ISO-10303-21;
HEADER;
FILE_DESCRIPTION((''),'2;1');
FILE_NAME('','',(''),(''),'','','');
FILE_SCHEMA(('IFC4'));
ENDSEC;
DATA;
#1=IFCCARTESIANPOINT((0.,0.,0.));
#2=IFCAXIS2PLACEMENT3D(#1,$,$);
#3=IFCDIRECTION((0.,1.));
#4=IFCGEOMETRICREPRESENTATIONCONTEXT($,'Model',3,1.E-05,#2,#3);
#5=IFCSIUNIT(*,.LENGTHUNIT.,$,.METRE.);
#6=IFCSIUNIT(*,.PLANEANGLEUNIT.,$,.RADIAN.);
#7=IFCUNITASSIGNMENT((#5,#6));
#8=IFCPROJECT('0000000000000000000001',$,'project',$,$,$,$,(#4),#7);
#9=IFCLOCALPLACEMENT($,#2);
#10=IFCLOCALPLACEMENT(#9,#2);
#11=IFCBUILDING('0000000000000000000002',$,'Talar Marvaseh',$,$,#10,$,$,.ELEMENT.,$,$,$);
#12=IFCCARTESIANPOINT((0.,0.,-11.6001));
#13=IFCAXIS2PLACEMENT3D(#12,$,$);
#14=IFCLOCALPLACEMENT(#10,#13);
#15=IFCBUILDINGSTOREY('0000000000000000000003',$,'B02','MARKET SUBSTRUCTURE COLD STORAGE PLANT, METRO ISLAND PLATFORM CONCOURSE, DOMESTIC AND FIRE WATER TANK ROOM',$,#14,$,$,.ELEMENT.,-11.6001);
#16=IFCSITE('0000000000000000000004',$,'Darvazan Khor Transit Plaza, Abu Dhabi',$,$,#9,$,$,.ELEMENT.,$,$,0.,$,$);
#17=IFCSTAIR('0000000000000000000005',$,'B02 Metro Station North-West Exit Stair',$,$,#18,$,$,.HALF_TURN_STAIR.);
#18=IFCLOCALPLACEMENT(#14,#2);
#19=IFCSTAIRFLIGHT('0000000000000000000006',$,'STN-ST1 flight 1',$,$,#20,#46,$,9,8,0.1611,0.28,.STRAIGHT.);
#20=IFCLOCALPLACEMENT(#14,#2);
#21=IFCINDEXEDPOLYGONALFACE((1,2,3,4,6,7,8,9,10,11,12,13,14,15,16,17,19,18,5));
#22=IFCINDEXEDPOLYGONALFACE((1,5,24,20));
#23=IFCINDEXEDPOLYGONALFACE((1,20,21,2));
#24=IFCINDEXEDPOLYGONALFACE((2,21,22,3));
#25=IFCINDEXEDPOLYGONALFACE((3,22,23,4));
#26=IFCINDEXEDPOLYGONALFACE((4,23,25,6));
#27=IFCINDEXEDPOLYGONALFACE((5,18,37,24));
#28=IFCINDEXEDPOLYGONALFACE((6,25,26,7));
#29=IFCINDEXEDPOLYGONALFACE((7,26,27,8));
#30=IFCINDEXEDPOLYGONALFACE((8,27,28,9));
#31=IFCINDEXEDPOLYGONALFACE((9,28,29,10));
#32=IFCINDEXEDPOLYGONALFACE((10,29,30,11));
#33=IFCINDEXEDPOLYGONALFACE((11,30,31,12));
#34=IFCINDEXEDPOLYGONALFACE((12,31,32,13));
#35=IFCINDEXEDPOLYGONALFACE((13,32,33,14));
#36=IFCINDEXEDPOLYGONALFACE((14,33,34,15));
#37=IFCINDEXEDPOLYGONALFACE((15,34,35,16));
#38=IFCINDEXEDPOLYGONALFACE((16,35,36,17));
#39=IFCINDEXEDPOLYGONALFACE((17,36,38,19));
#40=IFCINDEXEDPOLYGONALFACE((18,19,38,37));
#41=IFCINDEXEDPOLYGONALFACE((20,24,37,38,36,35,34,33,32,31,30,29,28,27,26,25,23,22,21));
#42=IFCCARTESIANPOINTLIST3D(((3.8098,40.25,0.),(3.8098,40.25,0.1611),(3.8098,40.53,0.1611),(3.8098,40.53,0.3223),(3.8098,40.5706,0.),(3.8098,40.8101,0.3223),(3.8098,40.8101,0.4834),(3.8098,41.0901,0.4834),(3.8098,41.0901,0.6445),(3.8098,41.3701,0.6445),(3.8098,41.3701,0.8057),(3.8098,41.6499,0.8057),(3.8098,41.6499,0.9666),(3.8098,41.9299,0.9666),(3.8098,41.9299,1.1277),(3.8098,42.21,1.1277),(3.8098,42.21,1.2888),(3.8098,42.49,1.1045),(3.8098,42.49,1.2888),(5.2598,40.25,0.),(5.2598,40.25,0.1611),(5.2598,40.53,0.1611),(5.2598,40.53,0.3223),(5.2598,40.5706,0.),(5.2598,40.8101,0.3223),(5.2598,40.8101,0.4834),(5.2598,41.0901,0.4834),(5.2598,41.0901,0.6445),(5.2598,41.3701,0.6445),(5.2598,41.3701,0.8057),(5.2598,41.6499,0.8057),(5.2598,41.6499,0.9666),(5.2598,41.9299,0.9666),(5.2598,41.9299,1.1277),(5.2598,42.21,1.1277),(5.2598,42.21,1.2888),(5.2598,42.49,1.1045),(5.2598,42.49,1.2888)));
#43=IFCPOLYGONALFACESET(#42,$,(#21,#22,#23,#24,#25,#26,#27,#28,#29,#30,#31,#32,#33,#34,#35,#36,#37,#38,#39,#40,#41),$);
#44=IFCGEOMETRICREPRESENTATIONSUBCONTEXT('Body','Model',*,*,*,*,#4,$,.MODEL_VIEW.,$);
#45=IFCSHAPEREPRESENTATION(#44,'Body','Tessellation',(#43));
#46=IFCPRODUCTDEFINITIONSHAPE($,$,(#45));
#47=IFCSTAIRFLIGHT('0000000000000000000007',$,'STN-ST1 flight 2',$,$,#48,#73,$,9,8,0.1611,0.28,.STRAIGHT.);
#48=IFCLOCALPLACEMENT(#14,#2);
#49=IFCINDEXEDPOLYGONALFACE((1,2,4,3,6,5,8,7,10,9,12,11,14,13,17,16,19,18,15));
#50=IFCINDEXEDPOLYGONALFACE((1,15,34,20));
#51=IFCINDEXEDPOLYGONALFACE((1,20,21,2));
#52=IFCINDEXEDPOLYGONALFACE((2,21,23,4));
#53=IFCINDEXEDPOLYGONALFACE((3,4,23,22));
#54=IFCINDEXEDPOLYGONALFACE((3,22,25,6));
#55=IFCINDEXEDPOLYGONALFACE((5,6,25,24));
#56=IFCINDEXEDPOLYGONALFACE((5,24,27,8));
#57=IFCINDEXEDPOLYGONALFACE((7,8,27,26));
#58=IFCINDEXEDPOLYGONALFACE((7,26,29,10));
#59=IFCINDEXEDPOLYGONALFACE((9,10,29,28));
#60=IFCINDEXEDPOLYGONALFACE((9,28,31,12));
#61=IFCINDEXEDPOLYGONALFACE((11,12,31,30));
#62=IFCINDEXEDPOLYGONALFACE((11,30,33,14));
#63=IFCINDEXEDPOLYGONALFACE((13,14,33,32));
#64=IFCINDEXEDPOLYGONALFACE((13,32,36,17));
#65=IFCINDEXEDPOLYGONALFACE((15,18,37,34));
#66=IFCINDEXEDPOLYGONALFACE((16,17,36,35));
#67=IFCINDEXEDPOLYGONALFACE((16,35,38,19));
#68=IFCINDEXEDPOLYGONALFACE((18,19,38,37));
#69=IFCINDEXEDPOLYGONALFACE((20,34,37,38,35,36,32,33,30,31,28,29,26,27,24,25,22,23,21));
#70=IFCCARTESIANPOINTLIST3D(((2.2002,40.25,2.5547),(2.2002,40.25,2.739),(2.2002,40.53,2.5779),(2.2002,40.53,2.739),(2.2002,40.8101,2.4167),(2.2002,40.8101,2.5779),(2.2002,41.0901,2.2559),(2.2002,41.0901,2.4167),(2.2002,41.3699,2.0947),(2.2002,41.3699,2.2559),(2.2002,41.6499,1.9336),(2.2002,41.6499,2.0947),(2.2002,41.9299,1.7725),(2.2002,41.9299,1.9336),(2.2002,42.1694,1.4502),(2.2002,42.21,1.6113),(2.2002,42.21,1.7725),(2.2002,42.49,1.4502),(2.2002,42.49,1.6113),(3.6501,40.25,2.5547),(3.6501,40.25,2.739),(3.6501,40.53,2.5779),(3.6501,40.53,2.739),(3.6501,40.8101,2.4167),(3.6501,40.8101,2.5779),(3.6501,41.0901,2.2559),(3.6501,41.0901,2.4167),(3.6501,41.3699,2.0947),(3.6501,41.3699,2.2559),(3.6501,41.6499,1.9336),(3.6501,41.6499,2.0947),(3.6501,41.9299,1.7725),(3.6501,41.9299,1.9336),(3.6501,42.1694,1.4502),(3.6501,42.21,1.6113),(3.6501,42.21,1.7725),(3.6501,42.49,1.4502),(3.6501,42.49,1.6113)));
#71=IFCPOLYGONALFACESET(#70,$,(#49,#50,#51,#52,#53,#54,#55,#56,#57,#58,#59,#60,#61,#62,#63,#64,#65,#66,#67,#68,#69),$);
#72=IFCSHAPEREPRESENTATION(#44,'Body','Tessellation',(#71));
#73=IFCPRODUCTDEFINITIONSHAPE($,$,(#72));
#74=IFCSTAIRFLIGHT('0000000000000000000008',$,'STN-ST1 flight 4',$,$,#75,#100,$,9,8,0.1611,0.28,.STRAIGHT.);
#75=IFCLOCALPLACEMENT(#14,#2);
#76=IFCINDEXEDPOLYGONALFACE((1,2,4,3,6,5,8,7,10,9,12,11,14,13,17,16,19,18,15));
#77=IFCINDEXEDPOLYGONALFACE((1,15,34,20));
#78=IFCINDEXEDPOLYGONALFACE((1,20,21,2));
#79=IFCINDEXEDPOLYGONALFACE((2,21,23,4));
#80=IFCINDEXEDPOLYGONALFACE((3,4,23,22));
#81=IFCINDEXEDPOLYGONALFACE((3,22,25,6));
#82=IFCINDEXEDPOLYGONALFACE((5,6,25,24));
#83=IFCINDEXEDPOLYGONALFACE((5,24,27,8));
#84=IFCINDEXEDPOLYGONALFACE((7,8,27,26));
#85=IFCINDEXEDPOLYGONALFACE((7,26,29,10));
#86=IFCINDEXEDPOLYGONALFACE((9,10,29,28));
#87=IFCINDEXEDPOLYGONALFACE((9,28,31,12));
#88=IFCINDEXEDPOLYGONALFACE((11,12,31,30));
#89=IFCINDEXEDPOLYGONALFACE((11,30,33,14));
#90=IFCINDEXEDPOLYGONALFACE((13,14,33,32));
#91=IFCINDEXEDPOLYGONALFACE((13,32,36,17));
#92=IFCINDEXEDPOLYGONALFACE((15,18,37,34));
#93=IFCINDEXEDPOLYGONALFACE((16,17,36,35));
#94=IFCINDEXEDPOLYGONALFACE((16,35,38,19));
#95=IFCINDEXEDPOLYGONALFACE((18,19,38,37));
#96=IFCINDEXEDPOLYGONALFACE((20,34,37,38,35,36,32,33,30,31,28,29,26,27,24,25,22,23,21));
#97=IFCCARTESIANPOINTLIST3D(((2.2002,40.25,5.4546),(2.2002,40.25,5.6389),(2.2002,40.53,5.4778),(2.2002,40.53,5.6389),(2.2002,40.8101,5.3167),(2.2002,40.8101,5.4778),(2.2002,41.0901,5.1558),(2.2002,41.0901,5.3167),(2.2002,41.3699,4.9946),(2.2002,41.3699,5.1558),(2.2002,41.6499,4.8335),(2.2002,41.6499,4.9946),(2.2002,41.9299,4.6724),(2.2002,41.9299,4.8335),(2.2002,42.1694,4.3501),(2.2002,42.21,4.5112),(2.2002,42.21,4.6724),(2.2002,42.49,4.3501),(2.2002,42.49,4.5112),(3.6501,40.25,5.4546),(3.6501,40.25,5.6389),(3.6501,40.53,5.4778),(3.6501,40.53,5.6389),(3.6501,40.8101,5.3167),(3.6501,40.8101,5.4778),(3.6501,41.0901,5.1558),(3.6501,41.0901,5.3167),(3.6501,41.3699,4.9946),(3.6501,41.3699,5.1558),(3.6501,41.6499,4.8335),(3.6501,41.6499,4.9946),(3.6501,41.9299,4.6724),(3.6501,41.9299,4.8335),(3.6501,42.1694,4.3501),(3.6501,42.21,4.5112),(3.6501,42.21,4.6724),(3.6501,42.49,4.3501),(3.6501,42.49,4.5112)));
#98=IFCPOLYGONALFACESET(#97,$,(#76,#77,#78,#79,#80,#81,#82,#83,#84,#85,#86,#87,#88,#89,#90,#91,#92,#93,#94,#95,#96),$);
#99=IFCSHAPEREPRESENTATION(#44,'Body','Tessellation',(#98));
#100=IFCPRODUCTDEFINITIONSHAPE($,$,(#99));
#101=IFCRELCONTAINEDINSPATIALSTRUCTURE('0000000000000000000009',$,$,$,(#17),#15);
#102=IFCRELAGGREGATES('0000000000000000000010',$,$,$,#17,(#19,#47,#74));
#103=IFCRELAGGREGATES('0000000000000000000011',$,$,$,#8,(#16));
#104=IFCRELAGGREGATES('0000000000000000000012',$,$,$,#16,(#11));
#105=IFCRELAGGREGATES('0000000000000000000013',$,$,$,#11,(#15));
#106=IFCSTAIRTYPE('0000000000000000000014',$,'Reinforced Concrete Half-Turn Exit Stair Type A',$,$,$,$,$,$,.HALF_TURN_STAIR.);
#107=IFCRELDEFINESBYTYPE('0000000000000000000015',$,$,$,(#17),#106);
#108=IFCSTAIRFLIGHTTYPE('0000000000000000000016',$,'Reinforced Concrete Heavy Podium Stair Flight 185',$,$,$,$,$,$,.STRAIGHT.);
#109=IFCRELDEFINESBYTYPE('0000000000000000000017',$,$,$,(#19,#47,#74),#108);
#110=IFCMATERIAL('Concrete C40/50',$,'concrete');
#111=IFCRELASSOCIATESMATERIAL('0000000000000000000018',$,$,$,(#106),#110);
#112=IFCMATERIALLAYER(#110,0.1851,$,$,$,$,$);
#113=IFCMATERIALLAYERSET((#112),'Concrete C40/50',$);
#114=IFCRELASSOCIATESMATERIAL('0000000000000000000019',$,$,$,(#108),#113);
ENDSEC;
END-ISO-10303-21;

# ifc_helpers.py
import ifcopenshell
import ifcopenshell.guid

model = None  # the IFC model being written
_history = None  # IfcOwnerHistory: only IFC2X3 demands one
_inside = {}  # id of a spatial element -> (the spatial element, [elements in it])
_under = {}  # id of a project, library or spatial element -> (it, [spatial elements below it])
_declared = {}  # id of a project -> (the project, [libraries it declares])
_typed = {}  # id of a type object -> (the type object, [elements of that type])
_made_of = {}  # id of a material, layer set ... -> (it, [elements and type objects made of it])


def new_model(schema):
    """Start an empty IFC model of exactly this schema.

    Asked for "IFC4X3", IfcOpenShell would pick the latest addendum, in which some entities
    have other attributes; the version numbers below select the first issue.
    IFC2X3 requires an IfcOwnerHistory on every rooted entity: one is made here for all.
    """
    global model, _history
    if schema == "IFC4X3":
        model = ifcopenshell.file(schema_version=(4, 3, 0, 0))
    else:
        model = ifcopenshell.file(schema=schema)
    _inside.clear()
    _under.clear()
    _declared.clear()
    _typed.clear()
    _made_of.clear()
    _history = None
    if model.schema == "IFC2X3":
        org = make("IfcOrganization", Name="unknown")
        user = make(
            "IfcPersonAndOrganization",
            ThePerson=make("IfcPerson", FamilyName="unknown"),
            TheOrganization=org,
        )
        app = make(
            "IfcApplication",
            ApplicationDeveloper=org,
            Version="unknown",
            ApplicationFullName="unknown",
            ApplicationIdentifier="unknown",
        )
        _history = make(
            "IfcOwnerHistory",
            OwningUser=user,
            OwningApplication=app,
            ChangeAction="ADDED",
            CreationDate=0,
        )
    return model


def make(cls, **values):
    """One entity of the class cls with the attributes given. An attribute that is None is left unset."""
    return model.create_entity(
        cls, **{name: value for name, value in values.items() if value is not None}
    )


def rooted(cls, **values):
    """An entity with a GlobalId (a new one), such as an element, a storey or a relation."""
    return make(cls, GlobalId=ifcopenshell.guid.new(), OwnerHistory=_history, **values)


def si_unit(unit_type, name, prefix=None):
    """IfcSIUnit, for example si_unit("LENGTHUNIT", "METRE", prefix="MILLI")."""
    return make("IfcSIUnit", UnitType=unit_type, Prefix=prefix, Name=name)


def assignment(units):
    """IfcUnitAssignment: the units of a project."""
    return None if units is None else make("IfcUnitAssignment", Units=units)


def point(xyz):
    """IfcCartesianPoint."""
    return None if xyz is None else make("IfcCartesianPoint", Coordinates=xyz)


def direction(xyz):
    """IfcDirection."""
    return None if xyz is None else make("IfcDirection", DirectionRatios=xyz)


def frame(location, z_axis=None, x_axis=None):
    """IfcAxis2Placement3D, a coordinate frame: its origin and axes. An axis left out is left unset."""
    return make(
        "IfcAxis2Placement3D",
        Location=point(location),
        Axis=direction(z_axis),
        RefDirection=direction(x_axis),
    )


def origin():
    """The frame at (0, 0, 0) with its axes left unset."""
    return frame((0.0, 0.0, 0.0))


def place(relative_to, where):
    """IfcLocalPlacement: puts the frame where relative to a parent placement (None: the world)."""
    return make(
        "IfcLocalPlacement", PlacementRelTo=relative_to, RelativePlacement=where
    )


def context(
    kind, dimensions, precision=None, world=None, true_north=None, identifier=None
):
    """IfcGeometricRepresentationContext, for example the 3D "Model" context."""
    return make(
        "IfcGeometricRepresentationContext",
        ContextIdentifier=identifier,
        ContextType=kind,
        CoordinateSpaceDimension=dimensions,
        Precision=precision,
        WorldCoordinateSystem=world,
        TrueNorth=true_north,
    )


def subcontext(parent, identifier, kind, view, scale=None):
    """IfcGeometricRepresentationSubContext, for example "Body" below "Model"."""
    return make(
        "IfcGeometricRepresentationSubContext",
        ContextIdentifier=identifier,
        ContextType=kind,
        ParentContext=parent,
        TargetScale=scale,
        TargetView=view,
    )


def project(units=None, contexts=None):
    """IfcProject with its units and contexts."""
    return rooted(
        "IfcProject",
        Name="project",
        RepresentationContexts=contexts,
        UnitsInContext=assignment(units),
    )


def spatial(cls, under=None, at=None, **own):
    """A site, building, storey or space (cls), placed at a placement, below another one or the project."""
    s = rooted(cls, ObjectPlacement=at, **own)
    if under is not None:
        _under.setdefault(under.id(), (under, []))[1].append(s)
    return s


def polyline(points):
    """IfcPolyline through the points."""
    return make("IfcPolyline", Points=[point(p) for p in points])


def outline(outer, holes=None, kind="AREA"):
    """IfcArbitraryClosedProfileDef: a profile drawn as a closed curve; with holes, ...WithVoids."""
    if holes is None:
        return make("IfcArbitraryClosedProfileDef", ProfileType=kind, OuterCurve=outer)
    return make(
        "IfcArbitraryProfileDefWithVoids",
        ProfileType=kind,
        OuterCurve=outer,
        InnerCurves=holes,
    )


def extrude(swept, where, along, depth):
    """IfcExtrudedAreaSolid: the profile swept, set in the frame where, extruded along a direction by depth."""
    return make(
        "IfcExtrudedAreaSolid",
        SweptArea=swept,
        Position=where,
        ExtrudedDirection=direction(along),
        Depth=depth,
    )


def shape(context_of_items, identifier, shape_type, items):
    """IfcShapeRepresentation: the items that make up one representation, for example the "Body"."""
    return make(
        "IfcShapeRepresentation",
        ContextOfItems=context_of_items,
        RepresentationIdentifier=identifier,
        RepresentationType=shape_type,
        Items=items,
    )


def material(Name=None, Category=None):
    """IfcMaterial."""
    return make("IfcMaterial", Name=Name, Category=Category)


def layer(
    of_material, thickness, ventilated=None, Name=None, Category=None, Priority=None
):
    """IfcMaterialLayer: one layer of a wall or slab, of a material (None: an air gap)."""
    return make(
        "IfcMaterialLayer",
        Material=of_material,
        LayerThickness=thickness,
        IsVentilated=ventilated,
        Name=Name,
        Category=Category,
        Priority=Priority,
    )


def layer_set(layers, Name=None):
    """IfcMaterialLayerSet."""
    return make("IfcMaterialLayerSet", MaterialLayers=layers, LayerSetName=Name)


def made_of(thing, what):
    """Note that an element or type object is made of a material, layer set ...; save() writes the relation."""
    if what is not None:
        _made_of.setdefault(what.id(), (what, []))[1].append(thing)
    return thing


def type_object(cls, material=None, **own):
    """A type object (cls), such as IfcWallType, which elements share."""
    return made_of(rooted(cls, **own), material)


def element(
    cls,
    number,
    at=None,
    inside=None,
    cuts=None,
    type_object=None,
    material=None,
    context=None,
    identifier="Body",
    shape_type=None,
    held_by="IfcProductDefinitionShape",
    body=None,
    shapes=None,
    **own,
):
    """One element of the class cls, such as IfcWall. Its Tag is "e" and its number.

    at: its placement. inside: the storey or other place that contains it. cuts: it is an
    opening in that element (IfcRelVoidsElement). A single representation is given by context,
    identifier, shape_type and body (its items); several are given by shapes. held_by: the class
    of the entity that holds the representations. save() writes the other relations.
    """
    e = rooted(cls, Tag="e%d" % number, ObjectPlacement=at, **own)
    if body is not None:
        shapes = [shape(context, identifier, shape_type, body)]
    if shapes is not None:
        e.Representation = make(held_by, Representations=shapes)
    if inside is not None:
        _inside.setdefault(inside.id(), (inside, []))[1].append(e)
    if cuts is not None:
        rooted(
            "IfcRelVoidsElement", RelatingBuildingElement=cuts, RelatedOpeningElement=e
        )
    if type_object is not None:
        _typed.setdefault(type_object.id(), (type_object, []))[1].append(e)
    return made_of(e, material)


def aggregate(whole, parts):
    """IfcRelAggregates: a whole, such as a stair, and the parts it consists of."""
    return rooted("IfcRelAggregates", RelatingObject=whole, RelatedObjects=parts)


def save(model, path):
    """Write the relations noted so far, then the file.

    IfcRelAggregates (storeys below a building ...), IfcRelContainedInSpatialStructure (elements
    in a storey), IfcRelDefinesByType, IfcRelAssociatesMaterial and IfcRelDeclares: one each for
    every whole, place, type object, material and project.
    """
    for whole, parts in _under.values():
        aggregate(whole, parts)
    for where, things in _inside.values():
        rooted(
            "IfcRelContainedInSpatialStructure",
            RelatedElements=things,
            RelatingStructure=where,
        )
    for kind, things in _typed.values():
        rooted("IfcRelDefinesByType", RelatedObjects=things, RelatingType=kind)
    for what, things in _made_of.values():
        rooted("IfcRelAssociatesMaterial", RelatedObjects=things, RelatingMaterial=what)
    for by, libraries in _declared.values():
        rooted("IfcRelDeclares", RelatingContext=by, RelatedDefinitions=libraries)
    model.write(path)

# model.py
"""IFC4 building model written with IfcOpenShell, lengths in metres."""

from ifc_helpers import new_model, si_unit, direction, frame, origin, place, context, subcontext, project, spatial, polyline, outline, extrude, material, layer, layer_set, type_object, element, aggregate, save


model = new_model("IFC4")

# Units and contexts
model_context = context("Model", 3, precision=1e-05, world=origin(), true_north=direction((0.0, 1.0)))
body_context = subcontext(model_context, "Body", "Model", "MODEL_VIEW")
ifc_project = project(units=[si_unit("LENGTHUNIT", "METRE"), si_unit("PLANEANGLEUNIT", "RADIAN")], contexts=[model_context])

# Site, building, storey
site_placement = place(None, origin())
site = spatial("IfcSite", under=ifc_project, at=site_placement, Name="Darvazan Khor Transit Plaza, Abu Dhabi", CompositionType="ELEMENT", RefElevation=0.0)
building_placement = place(site_placement, origin())
building = spatial("IfcBuilding", under=site, at=building_placement, Name="Talar Marvaseh", CompositionType="ELEMENT")
storey_placement = place(building_placement, frame((0.0, 0.0, -11.6001)))
storey = spatial("IfcBuildingStorey", under=building, at=storey_placement, Name="B02", Description="MARKET SUBSTRUCTURE COLD STORAGE PLANT, METRO ISLAND PLATFORM CONCOURSE, DOMESTIC AND FIRE WATER TANK ROOM", CompositionType="ELEMENT", Elevation=-11.6001)

# Stair, stair flights
ifc_material_1 = material(Name="Concrete C40/50", Category="concrete")
stair_type = type_object("IfcStairType", Name="Reinforced Concrete Half-Turn Exit Stair Type A", PredefinedType="HALF_TURN_STAIR", material=ifc_material_1)
stair_placement = place(storey_placement, origin())
stair = element("IfcStair", 1, at=stair_placement, inside=storey, type_object=stair_type, Name="B02 Metro Station North-West Exit Stair", PredefinedType="HALF_TURN_STAIR")
ifc_layer_1 = layer(ifc_material_1, 0.1851)
ifc_layer_set_1 = layer_set([ifc_layer_1], Name="Concrete C40/50")
stair_flight_type = type_object("IfcStairFlightType", Name="Reinforced Concrete Heavy Podium Stair Flight 185", PredefinedType="STRAIGHT", material=ifc_layer_set_1)
stair_flight_1_placement = place(storey_placement, frame((4.5349, 40.25, 0.0), z_axis=(0.0, 0.0, 1.0), x_axis=(0.0, 1.0, 0.0)))
stair_flight_1 = element("IfcStairFlight", 2, at=stair_flight_1_placement, type_object=stair_flight_type, Name="STN-ST1 flight 1", NumberOfRisers=9, NumberOfTreads=8, PredefinedType="STRAIGHT", RiserHeight=0.1611, TreadLength=0.28, context=body_context, shape_type="SweptSolid", body=[
    extrude(outline(polyline([(0.0, 0.0), (0.0, 0.1611), (0.28, 0.1611), (0.28, 0.3223), (0.5601, 0.3223), (0.5601, 0.4834), (0.8401, 0.4834), (0.8401, 0.6445), (1.1201, 0.6445), (1.1201, 0.8057), (1.3999, 0.8057), (1.3999, 0.9666), (1.6799, 0.9666), (1.6799, 1.1277), (1.96, 1.1277), (1.96, 1.2888), (2.24, 1.2888), (2.24, 1.45), (2.24, 1.1045), (0.3206, 0.0), (0.0, 0.0)])), frame((0.0, 0.7251, 0.0), z_axis=(0.0, -1.0, 0.0), x_axis=(1.0, 0.0, 0.0)), (0.0, 0.0, 1.0), 1.45),
])
stair_flight_2_placement = place(storey_placement, frame((2.925, 42.49, 1.4502), z_axis=(0.0, 0.0, 1.0), x_axis=(0.0, -1.0, 0.0)))
stair_flight_2 = element("IfcStairFlight", 3, at=stair_flight_2_placement, type_object=stair_flight_type, Name="STN-ST1 flight 2", NumberOfRisers=9, NumberOfTreads=8, PredefinedType="STRAIGHT", RiserHeight=0.1611, TreadLength=0.28, context=body_context, shape_type="SweptSolid", body=[
    extrude(outline(polyline([(0.0, 0.0), (0.0, 0.1611), (0.28, 0.1611), (0.28, 0.3223), (0.5601, 0.3223), (0.5601, 0.4834), (0.8401, 0.4834), (0.8401, 0.6445), (1.1201, 0.6445), (1.1201, 0.8057), (1.3999, 0.8057), (1.3999, 0.9666), (1.6799, 0.9666), (1.6799, 1.1277), (1.96, 1.1277), (1.96, 1.2888), (2.24, 1.2888), (2.24, 1.45), (2.24, 1.1045), (0.3206, 0.0), (0.0, 0.0)])), frame((0.0, 0.7251, 0.0), z_axis=(0.0, -1.0, 0.0), x_axis=(1.0, 0.0, 0.0)), (0.0, 0.0, 1.0), 1.45),
])
stair_flight_3_placement = place(storey_placement, frame((2.925, 42.49, 4.3501), z_axis=(0.0, 0.0, 1.0), x_axis=(0.0, -1.0, 0.0)))
stair_flight_3 = element("IfcStairFlight", 4, at=stair_flight_3_placement, type_object=stair_flight_type, Name="STN-ST1 flight 4", NumberOfRisers=9, NumberOfTreads=8, PredefinedType="STRAIGHT", RiserHeight=0.1611, TreadLength=0.28, context=body_context, shape_type="SweptSolid", body=[
    extrude(outline(polyline([(0.0, 0.0), (0.0, 0.1611), (0.28, 0.1611), (0.28, 0.3223), (0.5601, 0.3223), (0.5601, 0.4834), (0.8401, 0.4834), (0.8401, 0.6445), (1.1201, 0.6445), (1.1201, 0.8057), (1.3999, 0.8057), (1.3999, 0.9666), (1.6799, 0.9666), (1.6799, 1.1277), (1.96, 1.1277), (1.96, 1.2888), (2.24, 1.2888), (2.24, 1.45), (2.24, 1.1045), (0.3206, 0.0), (0.0, 0.0)])), frame((0.0, 0.7251, 0.0), z_axis=(0.0, -1.0, 0.0), x_axis=(1.0, 0.0, 0.0)), (0.0, 0.0, 1.0), 1.45),
])
aggregate(stair, [stair_flight_1, stair_flight_2, stair_flight_3])

save(model, "model.ifc")
